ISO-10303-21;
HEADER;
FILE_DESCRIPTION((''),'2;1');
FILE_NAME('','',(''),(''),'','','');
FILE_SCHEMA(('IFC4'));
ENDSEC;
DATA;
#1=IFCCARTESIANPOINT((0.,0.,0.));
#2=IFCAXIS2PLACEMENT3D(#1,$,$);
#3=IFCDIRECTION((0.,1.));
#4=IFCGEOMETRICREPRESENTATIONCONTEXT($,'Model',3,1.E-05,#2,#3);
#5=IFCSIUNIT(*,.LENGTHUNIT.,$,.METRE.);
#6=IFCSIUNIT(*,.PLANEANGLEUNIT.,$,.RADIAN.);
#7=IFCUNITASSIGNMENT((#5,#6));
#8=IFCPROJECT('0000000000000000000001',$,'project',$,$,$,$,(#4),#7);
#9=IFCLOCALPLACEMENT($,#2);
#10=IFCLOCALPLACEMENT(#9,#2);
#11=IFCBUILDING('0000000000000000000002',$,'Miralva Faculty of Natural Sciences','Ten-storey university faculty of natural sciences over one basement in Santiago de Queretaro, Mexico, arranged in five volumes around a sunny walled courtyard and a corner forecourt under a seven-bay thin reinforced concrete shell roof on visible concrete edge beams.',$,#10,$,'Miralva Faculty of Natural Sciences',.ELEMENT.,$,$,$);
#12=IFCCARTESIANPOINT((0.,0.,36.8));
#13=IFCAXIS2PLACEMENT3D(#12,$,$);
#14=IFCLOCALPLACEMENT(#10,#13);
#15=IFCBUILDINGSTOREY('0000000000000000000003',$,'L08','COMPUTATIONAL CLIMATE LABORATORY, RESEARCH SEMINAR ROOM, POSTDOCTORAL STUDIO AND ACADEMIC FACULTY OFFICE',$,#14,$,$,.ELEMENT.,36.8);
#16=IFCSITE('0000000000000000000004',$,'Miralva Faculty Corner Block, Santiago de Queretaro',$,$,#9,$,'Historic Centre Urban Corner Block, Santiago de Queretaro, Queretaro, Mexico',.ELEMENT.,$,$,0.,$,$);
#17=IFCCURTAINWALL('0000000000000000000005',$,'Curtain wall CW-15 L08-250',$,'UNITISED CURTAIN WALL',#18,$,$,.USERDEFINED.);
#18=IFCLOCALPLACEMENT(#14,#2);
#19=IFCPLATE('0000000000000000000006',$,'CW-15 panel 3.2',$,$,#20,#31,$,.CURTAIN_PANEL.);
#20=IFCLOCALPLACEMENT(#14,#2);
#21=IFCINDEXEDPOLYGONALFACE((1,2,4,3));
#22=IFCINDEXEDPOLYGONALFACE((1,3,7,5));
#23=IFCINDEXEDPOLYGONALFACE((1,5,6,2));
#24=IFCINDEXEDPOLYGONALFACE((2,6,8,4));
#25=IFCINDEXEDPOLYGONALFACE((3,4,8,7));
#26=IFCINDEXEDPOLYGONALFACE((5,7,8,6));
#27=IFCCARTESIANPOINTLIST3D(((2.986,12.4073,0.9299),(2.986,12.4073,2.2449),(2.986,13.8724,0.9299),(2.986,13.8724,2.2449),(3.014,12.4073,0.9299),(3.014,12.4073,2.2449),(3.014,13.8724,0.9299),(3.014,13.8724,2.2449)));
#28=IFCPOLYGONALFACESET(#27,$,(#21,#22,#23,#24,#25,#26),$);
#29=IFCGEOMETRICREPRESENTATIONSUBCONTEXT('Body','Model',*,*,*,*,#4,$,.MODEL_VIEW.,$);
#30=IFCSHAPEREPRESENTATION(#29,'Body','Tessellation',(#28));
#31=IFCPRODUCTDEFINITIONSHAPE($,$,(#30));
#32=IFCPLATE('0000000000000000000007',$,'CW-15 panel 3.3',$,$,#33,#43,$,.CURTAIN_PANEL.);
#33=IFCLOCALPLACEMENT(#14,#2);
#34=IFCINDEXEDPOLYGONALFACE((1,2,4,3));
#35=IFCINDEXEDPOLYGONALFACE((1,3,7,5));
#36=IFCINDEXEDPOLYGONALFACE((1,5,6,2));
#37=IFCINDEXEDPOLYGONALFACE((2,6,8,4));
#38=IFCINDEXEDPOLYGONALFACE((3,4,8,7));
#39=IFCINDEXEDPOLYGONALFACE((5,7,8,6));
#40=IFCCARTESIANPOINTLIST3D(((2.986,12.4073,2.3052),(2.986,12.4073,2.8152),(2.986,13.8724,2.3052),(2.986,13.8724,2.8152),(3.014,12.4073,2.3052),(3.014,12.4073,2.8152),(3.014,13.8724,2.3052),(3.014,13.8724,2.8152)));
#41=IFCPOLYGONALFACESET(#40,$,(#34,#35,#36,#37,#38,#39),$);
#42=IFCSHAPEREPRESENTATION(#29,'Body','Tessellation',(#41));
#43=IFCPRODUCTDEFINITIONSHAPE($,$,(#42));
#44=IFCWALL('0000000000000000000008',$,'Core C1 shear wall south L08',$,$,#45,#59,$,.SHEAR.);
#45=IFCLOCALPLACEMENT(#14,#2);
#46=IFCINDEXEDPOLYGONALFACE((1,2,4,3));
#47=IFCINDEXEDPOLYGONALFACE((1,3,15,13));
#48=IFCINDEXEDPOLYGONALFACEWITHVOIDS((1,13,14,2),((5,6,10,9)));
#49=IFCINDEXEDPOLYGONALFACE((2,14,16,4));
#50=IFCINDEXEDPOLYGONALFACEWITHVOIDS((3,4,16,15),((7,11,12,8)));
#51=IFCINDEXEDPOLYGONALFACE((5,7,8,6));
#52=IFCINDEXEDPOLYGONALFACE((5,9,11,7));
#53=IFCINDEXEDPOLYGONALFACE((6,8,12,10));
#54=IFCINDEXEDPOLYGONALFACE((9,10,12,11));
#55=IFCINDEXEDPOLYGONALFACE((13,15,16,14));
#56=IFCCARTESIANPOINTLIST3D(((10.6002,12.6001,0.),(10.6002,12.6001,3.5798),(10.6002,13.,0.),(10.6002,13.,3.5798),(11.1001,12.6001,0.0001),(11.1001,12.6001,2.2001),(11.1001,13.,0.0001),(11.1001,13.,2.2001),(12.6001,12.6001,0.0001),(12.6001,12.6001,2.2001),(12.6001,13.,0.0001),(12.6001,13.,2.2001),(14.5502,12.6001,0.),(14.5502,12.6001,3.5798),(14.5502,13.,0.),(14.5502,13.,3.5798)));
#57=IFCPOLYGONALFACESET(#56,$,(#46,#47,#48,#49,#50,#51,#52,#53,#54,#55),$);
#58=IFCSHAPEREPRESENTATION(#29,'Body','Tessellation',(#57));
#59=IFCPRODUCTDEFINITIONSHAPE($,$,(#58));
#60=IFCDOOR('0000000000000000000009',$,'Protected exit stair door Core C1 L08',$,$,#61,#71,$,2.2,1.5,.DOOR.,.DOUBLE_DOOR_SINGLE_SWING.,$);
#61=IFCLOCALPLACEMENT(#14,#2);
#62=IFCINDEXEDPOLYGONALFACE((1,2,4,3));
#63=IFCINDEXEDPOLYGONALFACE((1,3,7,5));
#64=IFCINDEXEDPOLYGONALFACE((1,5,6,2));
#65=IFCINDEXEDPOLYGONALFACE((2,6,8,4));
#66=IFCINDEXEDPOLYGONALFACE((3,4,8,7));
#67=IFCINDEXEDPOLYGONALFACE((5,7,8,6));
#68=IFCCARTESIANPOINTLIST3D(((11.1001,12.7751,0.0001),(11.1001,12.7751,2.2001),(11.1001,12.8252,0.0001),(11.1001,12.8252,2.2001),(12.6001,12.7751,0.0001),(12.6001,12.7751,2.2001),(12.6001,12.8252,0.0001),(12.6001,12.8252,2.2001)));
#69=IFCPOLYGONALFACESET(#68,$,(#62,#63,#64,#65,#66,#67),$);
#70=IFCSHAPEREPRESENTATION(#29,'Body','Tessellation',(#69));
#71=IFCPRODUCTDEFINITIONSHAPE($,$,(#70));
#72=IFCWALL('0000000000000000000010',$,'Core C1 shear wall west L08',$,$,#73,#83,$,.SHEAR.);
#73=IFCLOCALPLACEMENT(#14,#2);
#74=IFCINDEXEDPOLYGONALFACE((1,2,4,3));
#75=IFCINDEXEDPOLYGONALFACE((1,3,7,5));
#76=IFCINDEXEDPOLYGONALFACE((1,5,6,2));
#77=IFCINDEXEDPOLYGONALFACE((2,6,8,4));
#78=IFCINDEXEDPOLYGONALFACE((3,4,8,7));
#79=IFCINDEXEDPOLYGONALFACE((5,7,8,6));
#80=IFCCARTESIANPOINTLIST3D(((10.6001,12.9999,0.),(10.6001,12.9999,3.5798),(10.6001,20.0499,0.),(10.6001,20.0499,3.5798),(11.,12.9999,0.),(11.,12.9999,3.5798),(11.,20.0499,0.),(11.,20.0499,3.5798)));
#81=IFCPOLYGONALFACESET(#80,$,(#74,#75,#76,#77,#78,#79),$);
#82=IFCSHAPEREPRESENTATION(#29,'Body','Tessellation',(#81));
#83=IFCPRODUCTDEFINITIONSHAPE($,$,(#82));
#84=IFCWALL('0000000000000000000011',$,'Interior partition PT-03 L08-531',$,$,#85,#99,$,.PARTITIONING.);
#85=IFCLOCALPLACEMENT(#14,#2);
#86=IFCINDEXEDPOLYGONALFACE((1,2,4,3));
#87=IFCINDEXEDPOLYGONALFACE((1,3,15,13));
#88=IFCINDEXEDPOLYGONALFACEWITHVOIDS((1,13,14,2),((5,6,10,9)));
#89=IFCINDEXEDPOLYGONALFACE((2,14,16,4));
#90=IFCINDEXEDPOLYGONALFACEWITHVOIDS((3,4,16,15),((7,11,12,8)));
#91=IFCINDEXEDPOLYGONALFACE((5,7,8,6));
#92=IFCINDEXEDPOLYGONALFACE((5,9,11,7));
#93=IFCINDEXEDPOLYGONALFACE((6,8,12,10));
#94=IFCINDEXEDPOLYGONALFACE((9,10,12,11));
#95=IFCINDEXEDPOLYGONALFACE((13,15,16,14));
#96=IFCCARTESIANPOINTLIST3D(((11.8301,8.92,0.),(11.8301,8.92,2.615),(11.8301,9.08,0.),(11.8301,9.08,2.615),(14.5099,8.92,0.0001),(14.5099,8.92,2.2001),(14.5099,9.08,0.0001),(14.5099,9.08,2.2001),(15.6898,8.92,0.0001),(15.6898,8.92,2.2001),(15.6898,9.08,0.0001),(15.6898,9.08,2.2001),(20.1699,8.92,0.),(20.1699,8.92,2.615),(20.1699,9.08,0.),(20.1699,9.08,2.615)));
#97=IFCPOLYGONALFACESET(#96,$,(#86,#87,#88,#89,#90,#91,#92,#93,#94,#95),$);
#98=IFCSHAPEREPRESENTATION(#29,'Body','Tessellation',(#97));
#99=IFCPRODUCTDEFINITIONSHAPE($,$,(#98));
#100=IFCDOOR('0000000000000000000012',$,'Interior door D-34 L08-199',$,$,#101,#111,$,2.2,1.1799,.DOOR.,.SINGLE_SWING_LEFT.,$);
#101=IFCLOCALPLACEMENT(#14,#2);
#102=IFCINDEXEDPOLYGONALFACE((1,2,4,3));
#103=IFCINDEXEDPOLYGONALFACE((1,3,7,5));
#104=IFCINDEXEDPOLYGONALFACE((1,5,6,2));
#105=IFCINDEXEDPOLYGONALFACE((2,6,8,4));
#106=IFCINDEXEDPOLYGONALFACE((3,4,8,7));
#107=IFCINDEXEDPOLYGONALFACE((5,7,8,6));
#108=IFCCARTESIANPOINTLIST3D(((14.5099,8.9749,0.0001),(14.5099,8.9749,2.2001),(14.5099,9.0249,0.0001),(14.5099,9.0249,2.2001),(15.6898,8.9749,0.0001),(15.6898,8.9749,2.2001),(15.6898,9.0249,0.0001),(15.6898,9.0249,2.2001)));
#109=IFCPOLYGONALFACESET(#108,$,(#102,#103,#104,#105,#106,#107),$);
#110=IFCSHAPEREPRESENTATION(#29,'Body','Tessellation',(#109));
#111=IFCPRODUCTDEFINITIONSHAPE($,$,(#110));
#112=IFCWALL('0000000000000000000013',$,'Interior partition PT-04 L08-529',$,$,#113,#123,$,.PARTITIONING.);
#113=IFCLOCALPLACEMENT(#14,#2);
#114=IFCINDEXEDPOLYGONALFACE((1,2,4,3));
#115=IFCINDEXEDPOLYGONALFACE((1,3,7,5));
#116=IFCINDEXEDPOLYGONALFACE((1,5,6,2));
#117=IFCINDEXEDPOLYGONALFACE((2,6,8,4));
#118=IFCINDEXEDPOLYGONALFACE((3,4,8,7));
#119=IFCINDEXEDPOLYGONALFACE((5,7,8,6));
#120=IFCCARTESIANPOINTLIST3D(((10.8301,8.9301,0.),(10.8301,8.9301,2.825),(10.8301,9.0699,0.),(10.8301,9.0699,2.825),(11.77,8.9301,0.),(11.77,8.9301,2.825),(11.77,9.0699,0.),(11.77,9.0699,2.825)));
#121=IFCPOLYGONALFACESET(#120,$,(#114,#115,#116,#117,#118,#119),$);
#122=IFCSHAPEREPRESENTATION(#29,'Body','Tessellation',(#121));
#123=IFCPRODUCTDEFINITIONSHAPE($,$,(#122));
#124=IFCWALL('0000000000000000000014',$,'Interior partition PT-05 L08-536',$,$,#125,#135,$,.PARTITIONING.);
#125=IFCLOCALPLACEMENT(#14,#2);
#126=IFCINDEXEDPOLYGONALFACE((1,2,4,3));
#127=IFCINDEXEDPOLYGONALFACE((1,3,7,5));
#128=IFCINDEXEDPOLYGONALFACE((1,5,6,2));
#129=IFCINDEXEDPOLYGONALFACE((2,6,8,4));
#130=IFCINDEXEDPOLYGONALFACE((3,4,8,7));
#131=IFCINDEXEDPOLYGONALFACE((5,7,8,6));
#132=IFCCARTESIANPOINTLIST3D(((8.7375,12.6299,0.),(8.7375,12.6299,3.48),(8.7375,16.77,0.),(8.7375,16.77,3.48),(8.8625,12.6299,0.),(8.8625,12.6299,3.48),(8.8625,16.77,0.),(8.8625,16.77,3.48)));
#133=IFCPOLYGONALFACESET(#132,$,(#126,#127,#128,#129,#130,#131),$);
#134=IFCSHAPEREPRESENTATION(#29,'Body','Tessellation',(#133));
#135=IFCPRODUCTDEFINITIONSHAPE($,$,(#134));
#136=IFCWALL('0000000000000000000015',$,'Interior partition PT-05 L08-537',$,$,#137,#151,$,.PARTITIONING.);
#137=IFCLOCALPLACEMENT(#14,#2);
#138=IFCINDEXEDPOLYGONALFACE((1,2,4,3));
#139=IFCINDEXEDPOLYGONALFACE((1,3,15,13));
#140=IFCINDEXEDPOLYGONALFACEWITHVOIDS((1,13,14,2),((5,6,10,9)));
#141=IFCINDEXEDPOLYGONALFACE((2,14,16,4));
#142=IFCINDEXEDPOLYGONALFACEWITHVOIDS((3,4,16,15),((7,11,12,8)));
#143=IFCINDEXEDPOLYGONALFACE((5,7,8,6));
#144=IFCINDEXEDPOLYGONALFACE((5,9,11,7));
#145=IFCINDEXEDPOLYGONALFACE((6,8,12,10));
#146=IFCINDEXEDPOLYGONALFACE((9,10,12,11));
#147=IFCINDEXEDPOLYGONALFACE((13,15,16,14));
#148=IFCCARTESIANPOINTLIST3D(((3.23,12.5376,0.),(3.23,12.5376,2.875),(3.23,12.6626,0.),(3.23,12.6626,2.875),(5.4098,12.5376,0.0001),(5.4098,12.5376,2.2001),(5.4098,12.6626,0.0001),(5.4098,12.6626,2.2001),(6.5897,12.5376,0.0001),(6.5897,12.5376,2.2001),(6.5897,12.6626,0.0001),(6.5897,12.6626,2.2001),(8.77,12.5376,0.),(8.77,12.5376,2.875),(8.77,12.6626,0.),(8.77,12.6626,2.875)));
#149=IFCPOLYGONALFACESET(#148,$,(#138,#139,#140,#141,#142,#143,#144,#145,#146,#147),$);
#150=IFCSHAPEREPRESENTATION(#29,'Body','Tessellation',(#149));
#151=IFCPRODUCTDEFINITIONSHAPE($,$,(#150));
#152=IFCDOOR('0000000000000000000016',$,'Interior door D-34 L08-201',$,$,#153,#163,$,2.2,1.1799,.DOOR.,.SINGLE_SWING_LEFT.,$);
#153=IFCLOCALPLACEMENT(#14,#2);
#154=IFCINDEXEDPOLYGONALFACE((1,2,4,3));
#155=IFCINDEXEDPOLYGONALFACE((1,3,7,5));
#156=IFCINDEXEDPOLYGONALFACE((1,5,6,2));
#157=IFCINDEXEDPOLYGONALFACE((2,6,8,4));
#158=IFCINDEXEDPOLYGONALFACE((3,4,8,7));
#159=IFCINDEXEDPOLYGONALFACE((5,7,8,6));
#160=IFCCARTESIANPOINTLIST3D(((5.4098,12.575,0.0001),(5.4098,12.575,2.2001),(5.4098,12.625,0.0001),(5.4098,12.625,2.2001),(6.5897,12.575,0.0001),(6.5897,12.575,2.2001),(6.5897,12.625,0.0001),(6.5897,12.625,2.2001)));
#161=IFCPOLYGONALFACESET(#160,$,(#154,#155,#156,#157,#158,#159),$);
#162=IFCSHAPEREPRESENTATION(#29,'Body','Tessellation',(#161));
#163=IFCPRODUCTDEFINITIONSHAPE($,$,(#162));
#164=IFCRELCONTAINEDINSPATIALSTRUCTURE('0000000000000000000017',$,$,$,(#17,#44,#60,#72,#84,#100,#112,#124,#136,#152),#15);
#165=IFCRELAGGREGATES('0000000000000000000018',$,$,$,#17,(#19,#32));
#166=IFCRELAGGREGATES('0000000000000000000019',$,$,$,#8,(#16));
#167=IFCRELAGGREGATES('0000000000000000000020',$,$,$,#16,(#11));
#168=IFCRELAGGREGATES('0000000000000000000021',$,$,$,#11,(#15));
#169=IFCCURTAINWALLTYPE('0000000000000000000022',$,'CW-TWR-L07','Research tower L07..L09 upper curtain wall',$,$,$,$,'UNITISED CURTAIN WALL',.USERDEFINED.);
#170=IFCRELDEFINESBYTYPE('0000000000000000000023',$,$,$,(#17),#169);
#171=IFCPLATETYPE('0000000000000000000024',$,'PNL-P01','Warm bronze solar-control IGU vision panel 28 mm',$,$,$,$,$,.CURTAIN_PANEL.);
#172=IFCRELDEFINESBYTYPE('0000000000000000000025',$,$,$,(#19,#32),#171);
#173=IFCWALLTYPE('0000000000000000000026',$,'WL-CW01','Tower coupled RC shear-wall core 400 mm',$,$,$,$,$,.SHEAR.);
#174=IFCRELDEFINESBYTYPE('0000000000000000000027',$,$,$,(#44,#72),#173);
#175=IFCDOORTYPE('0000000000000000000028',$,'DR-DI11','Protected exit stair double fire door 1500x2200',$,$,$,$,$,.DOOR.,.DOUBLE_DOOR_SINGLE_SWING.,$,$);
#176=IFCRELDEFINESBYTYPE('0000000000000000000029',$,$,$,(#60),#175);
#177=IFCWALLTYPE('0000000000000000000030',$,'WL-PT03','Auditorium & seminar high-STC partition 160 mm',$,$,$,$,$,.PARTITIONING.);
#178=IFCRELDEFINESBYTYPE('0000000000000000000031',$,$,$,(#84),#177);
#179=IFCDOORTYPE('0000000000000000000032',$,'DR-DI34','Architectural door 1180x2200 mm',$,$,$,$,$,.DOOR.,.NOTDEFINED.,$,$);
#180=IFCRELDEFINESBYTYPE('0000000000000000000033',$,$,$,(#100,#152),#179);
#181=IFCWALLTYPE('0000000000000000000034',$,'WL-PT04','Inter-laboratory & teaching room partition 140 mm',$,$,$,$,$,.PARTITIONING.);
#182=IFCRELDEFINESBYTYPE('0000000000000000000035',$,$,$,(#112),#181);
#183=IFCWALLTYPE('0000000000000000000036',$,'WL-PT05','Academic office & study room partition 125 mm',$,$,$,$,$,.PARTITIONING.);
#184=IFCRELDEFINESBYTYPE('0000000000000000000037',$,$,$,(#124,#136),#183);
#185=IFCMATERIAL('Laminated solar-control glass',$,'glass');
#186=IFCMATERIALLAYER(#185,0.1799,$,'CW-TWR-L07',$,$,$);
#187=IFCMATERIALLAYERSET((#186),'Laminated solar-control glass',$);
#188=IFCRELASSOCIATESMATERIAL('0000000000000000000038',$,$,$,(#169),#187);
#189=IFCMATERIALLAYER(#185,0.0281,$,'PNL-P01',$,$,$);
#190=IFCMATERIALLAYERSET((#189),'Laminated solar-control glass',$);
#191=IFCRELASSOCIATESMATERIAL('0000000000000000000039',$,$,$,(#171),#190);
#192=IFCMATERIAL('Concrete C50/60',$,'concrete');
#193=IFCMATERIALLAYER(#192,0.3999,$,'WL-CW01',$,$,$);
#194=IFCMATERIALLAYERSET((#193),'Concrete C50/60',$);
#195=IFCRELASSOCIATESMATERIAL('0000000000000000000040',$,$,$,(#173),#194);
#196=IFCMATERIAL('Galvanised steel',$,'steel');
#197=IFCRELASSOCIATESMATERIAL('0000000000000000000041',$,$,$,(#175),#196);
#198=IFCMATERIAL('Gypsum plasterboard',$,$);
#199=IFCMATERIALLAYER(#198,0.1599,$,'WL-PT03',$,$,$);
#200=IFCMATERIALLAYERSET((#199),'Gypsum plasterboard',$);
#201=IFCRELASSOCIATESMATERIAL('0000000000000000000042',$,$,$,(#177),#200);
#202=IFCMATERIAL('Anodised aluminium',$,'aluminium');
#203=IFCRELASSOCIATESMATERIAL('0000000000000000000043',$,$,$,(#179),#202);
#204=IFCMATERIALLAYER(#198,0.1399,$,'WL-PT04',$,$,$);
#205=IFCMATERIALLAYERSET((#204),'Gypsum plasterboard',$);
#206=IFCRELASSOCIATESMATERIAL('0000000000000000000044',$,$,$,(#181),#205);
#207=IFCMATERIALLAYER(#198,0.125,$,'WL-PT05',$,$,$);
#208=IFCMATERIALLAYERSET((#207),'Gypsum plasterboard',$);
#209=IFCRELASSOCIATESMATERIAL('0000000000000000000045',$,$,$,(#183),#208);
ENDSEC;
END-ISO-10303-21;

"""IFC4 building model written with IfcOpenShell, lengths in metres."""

from ifc_helpers import new_model, si_unit, direction, frame, frame_2d, origin, origin_2d, place, context, subcontext, project, spatial, rectangle, extrude, material, layer, layer_set, type_object, element, fill, aggregate, save


model = new_model("IFC4")

# Units and contexts
model_context = context("Model", 3, precision=1e-05, world=origin(), true_north=direction((0.0, 1.0)))
body_context = subcontext(model_context, "Body", "Model", "MODEL_VIEW")
ifc_project = project(units=[si_unit("LENGTHUNIT", "METRE"), si_unit("PLANEANGLEUNIT", "RADIAN")], contexts=[model_context])

# Site, building, storey
site_placement = place(None, origin())
site = spatial("IfcSite", under=ifc_project, at=site_placement, Name="Miralva Faculty Corner Block, Santiago de Queretaro", LongName="Historic Centre Urban Corner Block, Santiago de Queretaro, Queretaro, Mexico", CompositionType="ELEMENT", RefElevation=0.0)
building_placement = place(site_placement, origin())
building = spatial("IfcBuilding", under=site, at=building_placement, Name="Miralva Faculty of Natural Sciences", Description="Ten-storey university faculty of natural sciences over one basement in Santiago de Queretaro, Mexico, arranged in five volumes around a sunny walled courtyard and a corner forecourt under a seven-bay thin reinforced concrete shell roof on visible concrete edge beams.", LongName="Miralva Faculty of Natural Sciences", CompositionType="ELEMENT")
storey_placement = place(building_placement, frame((0.0, 0.0, 36.8)))
storey = spatial("IfcBuildingStorey", under=building, at=storey_placement, Name="L08", Description="COMPUTATIONAL CLIMATE LABORATORY, RESEARCH SEMINAR ROOM, POSTDOCTORAL STUDIO AND ACADEMIC FACULTY OFFICE", CompositionType="ELEMENT", Elevation=36.8)

# Curtain wall, plates
ifc_material_1 = material(Name="Laminated solar-control glass", Category="glass")
ifc_layer_1 = layer(ifc_material_1, 0.1799, Name="CW-TWR-L07")
ifc_layer_set_1 = layer_set([ifc_layer_1], Name="Laminated solar-control glass")
curtain_wall_type = type_object("IfcCurtainWallType", Name="CW-TWR-L07", Description="Research tower L07..L09 upper curtain wall", ElementType="UNITISED CURTAIN WALL", PredefinedType="USERDEFINED", material=ifc_layer_set_1)
curtain_wall_placement = place(storey_placement, origin())
curtain_wall = element("IfcCurtainWall", 1, at=curtain_wall_placement, inside=storey, type_object=curtain_wall_type, Name="Curtain wall CW-15 L08-250", ObjectType="UNITISED CURTAIN WALL", PredefinedType="USERDEFINED")
ifc_material_2 = material(Name="Anodised aluminium", Category="aluminium")
ifc_layer_2 = layer(ifc_material_1, 0.0281, Name="PNL-P01")
ifc_layer_set_2 = layer_set([ifc_layer_2], Name="Laminated solar-control glass")
plate_type = type_object("IfcPlateType", Name="PNL-P01", Description="Warm bronze solar-control IGU vision panel 28 mm", PredefinedType="CURTAIN_PANEL", material=ifc_layer_set_2)
plate_1_placement = place(storey_placement, frame((3.0, 13.1399, 0.9299), z_axis=(0.0, 0.0, 1.0), x_axis=(0.0, 1.0, 0.0)))
plate_1 = element("IfcPlate", 2, at=plate_1_placement, type_object=plate_type, Name="CW-15 panel 3.2", PredefinedType="CURTAIN_PANEL", context=body_context, shape_type="SweptSolid", body=[
    extrude(rectangle(XDim=1.4651, YDim=0.0281, at=origin_2d()), origin(), (0.0, 0.0, 1.0), 1.3149),
])
plate_2_placement = place(storey_placement, frame((3.0, 13.1399, 2.3052), z_axis=(0.0, 0.0, 1.0), x_axis=(0.0, 1.0, 0.0)))
plate_2 = element("IfcPlate", 3, at=plate_2_placement, type_object=plate_type, Name="CW-15 panel 3.3", PredefinedType="CURTAIN_PANEL", context=body_context, shape_type="SweptSolid", body=[
    extrude(rectangle(XDim=1.4651, YDim=0.0281, at=origin_2d()), origin(), (0.0, 0.0, 1.0), 0.51),
])
aggregate(curtain_wall, [plate_1, plate_2])

# Wall, opening, door
ifc_material_3 = material(Name="Concrete C50/60", Category="concrete")
ifc_layer_3 = layer(ifc_material_3, 0.3999, Name="WL-CW01")
ifc_layer_set_3 = layer_set([ifc_layer_3], Name="Concrete C50/60")
wall_type_1 = type_object("IfcWallType", Name="WL-CW01", Description="Tower coupled RC shear-wall core 400 mm", PredefinedType="SHEAR", material=ifc_layer_set_3)
wall_1_placement = place(storey_placement, frame((10.6001, 12.8, 0.0), z_axis=(0.0, 0.0, 1.0), x_axis=(1.0, 0.0, 0.0)))
wall_1 = element("IfcWall", 4, at=wall_1_placement, inside=storey, type_object=wall_type_1, Name="Core C1 shear wall south L08", PredefinedType="SHEAR", context=body_context, shape_type="SweptSolid", body=[
    extrude(rectangle(XDim=3.95, YDim=0.3999, at=frame_2d((1.9751, 0.0))), origin(), (0.0, 0.0, 1.0), 3.5798),
])
opening_1_placement = place(wall_1_placement, frame((0.5, 0.0, 0.0)))
opening_1 = element("IfcOpeningElement", 5, at=opening_1_placement, cuts=wall_1, PredefinedType="OPENING", context=body_context, shape_type="SweptSolid", body=[
    extrude(rectangle(XDim=1.5, YDim=2.2, at=frame_2d((0.75, 1.1001))), frame((0.0, 0.21, 0.0), z_axis=(0.0, -1.0, 0.0), x_axis=(1.0, 0.0, 0.0)), (0.0, 0.0, 1.0), 0.4199),
])
ifc_material_4 = material(Name="Galvanised steel", Category="steel")
door_type_1 = type_object("IfcDoorType", Name="DR-DI11", Description="Protected exit stair double fire door 1500x2200", OperationType="DOUBLE_DOOR_SINGLE_SWING", PredefinedType="DOOR", material=ifc_material_4)
door_1_placement = place(opening_1_placement, frame((1.5, 0.0, 0.0), z_axis=(0.0, 0.0, 1.0), x_axis=(-1.0, 0.0, 0.0)))
door_1 = element("IfcDoor", 6, at=door_1_placement, inside=storey, type_object=door_type_1, Name="Protected exit stair door Core C1 L08", OperationType="DOUBLE_DOOR_SINGLE_SWING", OverallHeight=2.2, OverallWidth=1.5, PredefinedType="DOOR", context=body_context, shape_type="SweptSolid", body=[
    extrude(rectangle(XDim=1.5, YDim=2.2, at=frame_2d((0.75, 1.1001))), frame((0.0, 0.0249, 0.0), z_axis=(0.0, -1.0, 0.0), x_axis=(1.0, 0.0, 0.0)), (0.0, 0.0, 1.0), 0.05),
])
fill(opening_1, door_1)

# Wall
wall_2_placement = place(storey_placement, frame((10.8, 13.0, 0.0), z_axis=(0.0, 0.0, 1.0), x_axis=(0.0, 1.0, 0.0)))
element("IfcWall", 7, at=wall_2_placement, inside=storey, type_object=wall_type_1, Name="Core C1 shear wall west L08", PredefinedType="SHEAR", context=body_context, shape_type="SweptSolid", body=[
    extrude(rectangle(XDim=7.05, YDim=0.3999, at=frame_2d((3.5249, 0.0))), origin(), (0.0, 0.0, 1.0), 3.5798),
])

# Wall, opening, door
ifc_material_5 = material(Name="Gypsum plasterboard")
ifc_layer_4 = layer(ifc_material_5, 0.1599, Name="WL-PT03")
ifc_layer_set_4 = layer_set([ifc_layer_4], Name="Gypsum plasterboard")
wall_type_2 = type_object("IfcWallType", Name="WL-PT03", Description="Auditorium & seminar high-STC partition 160 mm", PredefinedType="PARTITIONING", material=ifc_layer_set_4)
wall_3_placement = place(storey_placement, frame((11.8301, 9.0, 0.0), z_axis=(0.0, 0.0, 1.0), x_axis=(1.0, 0.0, 0.0)))
wall_3 = element("IfcWall", 8, at=wall_3_placement, inside=storey, type_object=wall_type_2, Name="Interior partition PT-03 L08-531", PredefinedType="PARTITIONING", context=body_context, shape_type="SweptSolid", body=[
    extrude(rectangle(XDim=8.3398, YDim=0.1599, at=frame_2d((4.1699, 0.0))), origin(), (0.0, 0.0, 1.0), 2.615),
])
opening_2_placement = place(wall_3_placement, frame((2.6799, 0.0, 0.0)))
opening_2 = element("IfcOpeningElement", 9, at=opening_2_placement, cuts=wall_3, PredefinedType="OPENING", context=body_context, shape_type="SweptSolid", body=[
    extrude(rectangle(XDim=1.1799, YDim=2.2, at=frame_2d((0.5898, 1.1001))), frame((0.0, 0.0898, 0.0), z_axis=(0.0, -1.0, 0.0), x_axis=(1.0, 0.0, 0.0)), (0.0, 0.0, 1.0), 0.1799),
])
door_type_2 = type_object("IfcDoorType", Name="DR-DI34", Description="Architectural door 1180x2200 mm", OperationType="NOTDEFINED", PredefinedType="DOOR", material=ifc_material_2)
door_2_placement = place(opening_2_placement, origin())
door_2 = element("IfcDoor", 10, at=door_2_placement, inside=storey, type_object=door_type_2, Name="Interior door D-34 L08-199", OperationType="SINGLE_SWING_LEFT", OverallHeight=2.2, OverallWidth=1.1799, PredefinedType="DOOR", context=body_context, shape_type="SweptSolid", body=[
    extrude(rectangle(XDim=1.1799, YDim=2.2, at=frame_2d((0.5898, 1.1001))), frame((0.0, 0.0249, 0.0), z_axis=(0.0, -1.0, 0.0), x_axis=(1.0, 0.0, 0.0)), (0.0, 0.0, 1.0), 0.05),
])
fill(opening_2, door_2)

# Walls
ifc_layer_5 = layer(ifc_material_5, 0.1399, Name="WL-PT04")
ifc_layer_set_5 = layer_set([ifc_layer_5], Name="Gypsum plasterboard")
wall_type_3 = type_object("IfcWallType", Name="WL-PT04", Description="Inter-laboratory & teaching room partition 140 mm", PredefinedType="PARTITIONING", material=ifc_layer_set_5)
wall_4_placement = place(storey_placement, frame((10.8301, 9.0, 0.0), z_axis=(0.0, 0.0, 1.0), x_axis=(1.0, 0.0, 0.0)))
element("IfcWall", 11, at=wall_4_placement, inside=storey, type_object=wall_type_3, Name="Interior partition PT-04 L08-529", PredefinedType="PARTITIONING", context=body_context, shape_type="SweptSolid", body=[
    extrude(rectangle(XDim=0.9399, YDim=0.1399, at=frame_2d((0.47, 0.0))), origin(), (0.0, 0.0, 1.0), 2.825),
])
ifc_layer_6 = layer(ifc_material_5, 0.125, Name="WL-PT05")
ifc_layer_set_6 = layer_set([ifc_layer_6], Name="Gypsum plasterboard")
wall_type_4 = type_object("IfcWallType", Name="WL-PT05", Description="Academic office & study room partition 125 mm", PredefinedType="PARTITIONING", material=ifc_layer_set_6)
wall_5_placement = place(storey_placement, frame((8.8, 12.6299, 0.0), z_axis=(0.0, 0.0, 1.0), x_axis=(0.0, 1.0, 0.0)))
element("IfcWall", 12, at=wall_5_placement, inside=storey, type_object=wall_type_4, Name="Interior partition PT-05 L08-536", PredefinedType="PARTITIONING", context=body_context, shape_type="SweptSolid", body=[
    extrude(rectangle(XDim=4.1401, YDim=0.125, at=frame_2d((2.0701, 0.0))), origin(), (0.0, 0.0, 1.0), 3.48),
])

# Wall, opening, door
wall_6_placement = place(storey_placement, frame((3.23, 12.6001, 0.0), z_axis=(0.0, 0.0, 1.0), x_axis=(1.0, 0.0, 0.0)))
wall_6 = element("IfcWall", 13, at=wall_6_placement, inside=storey, type_object=wall_type_4, Name="Interior partition PT-05 L08-537", PredefinedType="PARTITIONING", context=body_context, shape_type="SweptSolid", body=[
    extrude(rectangle(XDim=5.54, YDim=0.125, at=frame_2d((2.77, 0.0))), origin(), (0.0, 0.0, 1.0), 2.875),
])
opening_3_placement = place(wall_6_placement, frame((2.1799, 0.0, 0.0)))
opening_3 = element("IfcOpeningElement", 14, at=opening_3_placement, cuts=wall_6, PredefinedType="OPENING", context=body_context, shape_type="SweptSolid", body=[
    extrude(rectangle(XDim=1.1799, YDim=2.2, at=frame_2d((0.5898, 1.1001))), frame((0.0, 0.0725, 0.0), z_axis=(0.0, -1.0, 0.0), x_axis=(1.0, 0.0, 0.0)), (0.0, 0.0, 1.0), 0.145),
])
door_3_placement = place(opening_3_placement, origin())
door_3 = element("IfcDoor", 15, at=door_3_placement, inside=storey, type_object=door_type_2, Name="Interior door D-34 L08-201", OperationType="SINGLE_SWING_LEFT", OverallHeight=2.2, OverallWidth=1.1799, PredefinedType="DOOR", context=body_context, shape_type="SweptSolid", body=[
    extrude(rectangle(XDim=1.1799, YDim=2.2, at=frame_2d((0.5898, 1.1001))), frame((0.0, 0.0249, 0.0), z_axis=(0.0, -1.0, 0.0), x_axis=(1.0, 0.0, 0.0)), (0.0, 0.0, 1.0), 0.05),
])
fill(opening_3, door_3)

save(model, "model.ifc")
